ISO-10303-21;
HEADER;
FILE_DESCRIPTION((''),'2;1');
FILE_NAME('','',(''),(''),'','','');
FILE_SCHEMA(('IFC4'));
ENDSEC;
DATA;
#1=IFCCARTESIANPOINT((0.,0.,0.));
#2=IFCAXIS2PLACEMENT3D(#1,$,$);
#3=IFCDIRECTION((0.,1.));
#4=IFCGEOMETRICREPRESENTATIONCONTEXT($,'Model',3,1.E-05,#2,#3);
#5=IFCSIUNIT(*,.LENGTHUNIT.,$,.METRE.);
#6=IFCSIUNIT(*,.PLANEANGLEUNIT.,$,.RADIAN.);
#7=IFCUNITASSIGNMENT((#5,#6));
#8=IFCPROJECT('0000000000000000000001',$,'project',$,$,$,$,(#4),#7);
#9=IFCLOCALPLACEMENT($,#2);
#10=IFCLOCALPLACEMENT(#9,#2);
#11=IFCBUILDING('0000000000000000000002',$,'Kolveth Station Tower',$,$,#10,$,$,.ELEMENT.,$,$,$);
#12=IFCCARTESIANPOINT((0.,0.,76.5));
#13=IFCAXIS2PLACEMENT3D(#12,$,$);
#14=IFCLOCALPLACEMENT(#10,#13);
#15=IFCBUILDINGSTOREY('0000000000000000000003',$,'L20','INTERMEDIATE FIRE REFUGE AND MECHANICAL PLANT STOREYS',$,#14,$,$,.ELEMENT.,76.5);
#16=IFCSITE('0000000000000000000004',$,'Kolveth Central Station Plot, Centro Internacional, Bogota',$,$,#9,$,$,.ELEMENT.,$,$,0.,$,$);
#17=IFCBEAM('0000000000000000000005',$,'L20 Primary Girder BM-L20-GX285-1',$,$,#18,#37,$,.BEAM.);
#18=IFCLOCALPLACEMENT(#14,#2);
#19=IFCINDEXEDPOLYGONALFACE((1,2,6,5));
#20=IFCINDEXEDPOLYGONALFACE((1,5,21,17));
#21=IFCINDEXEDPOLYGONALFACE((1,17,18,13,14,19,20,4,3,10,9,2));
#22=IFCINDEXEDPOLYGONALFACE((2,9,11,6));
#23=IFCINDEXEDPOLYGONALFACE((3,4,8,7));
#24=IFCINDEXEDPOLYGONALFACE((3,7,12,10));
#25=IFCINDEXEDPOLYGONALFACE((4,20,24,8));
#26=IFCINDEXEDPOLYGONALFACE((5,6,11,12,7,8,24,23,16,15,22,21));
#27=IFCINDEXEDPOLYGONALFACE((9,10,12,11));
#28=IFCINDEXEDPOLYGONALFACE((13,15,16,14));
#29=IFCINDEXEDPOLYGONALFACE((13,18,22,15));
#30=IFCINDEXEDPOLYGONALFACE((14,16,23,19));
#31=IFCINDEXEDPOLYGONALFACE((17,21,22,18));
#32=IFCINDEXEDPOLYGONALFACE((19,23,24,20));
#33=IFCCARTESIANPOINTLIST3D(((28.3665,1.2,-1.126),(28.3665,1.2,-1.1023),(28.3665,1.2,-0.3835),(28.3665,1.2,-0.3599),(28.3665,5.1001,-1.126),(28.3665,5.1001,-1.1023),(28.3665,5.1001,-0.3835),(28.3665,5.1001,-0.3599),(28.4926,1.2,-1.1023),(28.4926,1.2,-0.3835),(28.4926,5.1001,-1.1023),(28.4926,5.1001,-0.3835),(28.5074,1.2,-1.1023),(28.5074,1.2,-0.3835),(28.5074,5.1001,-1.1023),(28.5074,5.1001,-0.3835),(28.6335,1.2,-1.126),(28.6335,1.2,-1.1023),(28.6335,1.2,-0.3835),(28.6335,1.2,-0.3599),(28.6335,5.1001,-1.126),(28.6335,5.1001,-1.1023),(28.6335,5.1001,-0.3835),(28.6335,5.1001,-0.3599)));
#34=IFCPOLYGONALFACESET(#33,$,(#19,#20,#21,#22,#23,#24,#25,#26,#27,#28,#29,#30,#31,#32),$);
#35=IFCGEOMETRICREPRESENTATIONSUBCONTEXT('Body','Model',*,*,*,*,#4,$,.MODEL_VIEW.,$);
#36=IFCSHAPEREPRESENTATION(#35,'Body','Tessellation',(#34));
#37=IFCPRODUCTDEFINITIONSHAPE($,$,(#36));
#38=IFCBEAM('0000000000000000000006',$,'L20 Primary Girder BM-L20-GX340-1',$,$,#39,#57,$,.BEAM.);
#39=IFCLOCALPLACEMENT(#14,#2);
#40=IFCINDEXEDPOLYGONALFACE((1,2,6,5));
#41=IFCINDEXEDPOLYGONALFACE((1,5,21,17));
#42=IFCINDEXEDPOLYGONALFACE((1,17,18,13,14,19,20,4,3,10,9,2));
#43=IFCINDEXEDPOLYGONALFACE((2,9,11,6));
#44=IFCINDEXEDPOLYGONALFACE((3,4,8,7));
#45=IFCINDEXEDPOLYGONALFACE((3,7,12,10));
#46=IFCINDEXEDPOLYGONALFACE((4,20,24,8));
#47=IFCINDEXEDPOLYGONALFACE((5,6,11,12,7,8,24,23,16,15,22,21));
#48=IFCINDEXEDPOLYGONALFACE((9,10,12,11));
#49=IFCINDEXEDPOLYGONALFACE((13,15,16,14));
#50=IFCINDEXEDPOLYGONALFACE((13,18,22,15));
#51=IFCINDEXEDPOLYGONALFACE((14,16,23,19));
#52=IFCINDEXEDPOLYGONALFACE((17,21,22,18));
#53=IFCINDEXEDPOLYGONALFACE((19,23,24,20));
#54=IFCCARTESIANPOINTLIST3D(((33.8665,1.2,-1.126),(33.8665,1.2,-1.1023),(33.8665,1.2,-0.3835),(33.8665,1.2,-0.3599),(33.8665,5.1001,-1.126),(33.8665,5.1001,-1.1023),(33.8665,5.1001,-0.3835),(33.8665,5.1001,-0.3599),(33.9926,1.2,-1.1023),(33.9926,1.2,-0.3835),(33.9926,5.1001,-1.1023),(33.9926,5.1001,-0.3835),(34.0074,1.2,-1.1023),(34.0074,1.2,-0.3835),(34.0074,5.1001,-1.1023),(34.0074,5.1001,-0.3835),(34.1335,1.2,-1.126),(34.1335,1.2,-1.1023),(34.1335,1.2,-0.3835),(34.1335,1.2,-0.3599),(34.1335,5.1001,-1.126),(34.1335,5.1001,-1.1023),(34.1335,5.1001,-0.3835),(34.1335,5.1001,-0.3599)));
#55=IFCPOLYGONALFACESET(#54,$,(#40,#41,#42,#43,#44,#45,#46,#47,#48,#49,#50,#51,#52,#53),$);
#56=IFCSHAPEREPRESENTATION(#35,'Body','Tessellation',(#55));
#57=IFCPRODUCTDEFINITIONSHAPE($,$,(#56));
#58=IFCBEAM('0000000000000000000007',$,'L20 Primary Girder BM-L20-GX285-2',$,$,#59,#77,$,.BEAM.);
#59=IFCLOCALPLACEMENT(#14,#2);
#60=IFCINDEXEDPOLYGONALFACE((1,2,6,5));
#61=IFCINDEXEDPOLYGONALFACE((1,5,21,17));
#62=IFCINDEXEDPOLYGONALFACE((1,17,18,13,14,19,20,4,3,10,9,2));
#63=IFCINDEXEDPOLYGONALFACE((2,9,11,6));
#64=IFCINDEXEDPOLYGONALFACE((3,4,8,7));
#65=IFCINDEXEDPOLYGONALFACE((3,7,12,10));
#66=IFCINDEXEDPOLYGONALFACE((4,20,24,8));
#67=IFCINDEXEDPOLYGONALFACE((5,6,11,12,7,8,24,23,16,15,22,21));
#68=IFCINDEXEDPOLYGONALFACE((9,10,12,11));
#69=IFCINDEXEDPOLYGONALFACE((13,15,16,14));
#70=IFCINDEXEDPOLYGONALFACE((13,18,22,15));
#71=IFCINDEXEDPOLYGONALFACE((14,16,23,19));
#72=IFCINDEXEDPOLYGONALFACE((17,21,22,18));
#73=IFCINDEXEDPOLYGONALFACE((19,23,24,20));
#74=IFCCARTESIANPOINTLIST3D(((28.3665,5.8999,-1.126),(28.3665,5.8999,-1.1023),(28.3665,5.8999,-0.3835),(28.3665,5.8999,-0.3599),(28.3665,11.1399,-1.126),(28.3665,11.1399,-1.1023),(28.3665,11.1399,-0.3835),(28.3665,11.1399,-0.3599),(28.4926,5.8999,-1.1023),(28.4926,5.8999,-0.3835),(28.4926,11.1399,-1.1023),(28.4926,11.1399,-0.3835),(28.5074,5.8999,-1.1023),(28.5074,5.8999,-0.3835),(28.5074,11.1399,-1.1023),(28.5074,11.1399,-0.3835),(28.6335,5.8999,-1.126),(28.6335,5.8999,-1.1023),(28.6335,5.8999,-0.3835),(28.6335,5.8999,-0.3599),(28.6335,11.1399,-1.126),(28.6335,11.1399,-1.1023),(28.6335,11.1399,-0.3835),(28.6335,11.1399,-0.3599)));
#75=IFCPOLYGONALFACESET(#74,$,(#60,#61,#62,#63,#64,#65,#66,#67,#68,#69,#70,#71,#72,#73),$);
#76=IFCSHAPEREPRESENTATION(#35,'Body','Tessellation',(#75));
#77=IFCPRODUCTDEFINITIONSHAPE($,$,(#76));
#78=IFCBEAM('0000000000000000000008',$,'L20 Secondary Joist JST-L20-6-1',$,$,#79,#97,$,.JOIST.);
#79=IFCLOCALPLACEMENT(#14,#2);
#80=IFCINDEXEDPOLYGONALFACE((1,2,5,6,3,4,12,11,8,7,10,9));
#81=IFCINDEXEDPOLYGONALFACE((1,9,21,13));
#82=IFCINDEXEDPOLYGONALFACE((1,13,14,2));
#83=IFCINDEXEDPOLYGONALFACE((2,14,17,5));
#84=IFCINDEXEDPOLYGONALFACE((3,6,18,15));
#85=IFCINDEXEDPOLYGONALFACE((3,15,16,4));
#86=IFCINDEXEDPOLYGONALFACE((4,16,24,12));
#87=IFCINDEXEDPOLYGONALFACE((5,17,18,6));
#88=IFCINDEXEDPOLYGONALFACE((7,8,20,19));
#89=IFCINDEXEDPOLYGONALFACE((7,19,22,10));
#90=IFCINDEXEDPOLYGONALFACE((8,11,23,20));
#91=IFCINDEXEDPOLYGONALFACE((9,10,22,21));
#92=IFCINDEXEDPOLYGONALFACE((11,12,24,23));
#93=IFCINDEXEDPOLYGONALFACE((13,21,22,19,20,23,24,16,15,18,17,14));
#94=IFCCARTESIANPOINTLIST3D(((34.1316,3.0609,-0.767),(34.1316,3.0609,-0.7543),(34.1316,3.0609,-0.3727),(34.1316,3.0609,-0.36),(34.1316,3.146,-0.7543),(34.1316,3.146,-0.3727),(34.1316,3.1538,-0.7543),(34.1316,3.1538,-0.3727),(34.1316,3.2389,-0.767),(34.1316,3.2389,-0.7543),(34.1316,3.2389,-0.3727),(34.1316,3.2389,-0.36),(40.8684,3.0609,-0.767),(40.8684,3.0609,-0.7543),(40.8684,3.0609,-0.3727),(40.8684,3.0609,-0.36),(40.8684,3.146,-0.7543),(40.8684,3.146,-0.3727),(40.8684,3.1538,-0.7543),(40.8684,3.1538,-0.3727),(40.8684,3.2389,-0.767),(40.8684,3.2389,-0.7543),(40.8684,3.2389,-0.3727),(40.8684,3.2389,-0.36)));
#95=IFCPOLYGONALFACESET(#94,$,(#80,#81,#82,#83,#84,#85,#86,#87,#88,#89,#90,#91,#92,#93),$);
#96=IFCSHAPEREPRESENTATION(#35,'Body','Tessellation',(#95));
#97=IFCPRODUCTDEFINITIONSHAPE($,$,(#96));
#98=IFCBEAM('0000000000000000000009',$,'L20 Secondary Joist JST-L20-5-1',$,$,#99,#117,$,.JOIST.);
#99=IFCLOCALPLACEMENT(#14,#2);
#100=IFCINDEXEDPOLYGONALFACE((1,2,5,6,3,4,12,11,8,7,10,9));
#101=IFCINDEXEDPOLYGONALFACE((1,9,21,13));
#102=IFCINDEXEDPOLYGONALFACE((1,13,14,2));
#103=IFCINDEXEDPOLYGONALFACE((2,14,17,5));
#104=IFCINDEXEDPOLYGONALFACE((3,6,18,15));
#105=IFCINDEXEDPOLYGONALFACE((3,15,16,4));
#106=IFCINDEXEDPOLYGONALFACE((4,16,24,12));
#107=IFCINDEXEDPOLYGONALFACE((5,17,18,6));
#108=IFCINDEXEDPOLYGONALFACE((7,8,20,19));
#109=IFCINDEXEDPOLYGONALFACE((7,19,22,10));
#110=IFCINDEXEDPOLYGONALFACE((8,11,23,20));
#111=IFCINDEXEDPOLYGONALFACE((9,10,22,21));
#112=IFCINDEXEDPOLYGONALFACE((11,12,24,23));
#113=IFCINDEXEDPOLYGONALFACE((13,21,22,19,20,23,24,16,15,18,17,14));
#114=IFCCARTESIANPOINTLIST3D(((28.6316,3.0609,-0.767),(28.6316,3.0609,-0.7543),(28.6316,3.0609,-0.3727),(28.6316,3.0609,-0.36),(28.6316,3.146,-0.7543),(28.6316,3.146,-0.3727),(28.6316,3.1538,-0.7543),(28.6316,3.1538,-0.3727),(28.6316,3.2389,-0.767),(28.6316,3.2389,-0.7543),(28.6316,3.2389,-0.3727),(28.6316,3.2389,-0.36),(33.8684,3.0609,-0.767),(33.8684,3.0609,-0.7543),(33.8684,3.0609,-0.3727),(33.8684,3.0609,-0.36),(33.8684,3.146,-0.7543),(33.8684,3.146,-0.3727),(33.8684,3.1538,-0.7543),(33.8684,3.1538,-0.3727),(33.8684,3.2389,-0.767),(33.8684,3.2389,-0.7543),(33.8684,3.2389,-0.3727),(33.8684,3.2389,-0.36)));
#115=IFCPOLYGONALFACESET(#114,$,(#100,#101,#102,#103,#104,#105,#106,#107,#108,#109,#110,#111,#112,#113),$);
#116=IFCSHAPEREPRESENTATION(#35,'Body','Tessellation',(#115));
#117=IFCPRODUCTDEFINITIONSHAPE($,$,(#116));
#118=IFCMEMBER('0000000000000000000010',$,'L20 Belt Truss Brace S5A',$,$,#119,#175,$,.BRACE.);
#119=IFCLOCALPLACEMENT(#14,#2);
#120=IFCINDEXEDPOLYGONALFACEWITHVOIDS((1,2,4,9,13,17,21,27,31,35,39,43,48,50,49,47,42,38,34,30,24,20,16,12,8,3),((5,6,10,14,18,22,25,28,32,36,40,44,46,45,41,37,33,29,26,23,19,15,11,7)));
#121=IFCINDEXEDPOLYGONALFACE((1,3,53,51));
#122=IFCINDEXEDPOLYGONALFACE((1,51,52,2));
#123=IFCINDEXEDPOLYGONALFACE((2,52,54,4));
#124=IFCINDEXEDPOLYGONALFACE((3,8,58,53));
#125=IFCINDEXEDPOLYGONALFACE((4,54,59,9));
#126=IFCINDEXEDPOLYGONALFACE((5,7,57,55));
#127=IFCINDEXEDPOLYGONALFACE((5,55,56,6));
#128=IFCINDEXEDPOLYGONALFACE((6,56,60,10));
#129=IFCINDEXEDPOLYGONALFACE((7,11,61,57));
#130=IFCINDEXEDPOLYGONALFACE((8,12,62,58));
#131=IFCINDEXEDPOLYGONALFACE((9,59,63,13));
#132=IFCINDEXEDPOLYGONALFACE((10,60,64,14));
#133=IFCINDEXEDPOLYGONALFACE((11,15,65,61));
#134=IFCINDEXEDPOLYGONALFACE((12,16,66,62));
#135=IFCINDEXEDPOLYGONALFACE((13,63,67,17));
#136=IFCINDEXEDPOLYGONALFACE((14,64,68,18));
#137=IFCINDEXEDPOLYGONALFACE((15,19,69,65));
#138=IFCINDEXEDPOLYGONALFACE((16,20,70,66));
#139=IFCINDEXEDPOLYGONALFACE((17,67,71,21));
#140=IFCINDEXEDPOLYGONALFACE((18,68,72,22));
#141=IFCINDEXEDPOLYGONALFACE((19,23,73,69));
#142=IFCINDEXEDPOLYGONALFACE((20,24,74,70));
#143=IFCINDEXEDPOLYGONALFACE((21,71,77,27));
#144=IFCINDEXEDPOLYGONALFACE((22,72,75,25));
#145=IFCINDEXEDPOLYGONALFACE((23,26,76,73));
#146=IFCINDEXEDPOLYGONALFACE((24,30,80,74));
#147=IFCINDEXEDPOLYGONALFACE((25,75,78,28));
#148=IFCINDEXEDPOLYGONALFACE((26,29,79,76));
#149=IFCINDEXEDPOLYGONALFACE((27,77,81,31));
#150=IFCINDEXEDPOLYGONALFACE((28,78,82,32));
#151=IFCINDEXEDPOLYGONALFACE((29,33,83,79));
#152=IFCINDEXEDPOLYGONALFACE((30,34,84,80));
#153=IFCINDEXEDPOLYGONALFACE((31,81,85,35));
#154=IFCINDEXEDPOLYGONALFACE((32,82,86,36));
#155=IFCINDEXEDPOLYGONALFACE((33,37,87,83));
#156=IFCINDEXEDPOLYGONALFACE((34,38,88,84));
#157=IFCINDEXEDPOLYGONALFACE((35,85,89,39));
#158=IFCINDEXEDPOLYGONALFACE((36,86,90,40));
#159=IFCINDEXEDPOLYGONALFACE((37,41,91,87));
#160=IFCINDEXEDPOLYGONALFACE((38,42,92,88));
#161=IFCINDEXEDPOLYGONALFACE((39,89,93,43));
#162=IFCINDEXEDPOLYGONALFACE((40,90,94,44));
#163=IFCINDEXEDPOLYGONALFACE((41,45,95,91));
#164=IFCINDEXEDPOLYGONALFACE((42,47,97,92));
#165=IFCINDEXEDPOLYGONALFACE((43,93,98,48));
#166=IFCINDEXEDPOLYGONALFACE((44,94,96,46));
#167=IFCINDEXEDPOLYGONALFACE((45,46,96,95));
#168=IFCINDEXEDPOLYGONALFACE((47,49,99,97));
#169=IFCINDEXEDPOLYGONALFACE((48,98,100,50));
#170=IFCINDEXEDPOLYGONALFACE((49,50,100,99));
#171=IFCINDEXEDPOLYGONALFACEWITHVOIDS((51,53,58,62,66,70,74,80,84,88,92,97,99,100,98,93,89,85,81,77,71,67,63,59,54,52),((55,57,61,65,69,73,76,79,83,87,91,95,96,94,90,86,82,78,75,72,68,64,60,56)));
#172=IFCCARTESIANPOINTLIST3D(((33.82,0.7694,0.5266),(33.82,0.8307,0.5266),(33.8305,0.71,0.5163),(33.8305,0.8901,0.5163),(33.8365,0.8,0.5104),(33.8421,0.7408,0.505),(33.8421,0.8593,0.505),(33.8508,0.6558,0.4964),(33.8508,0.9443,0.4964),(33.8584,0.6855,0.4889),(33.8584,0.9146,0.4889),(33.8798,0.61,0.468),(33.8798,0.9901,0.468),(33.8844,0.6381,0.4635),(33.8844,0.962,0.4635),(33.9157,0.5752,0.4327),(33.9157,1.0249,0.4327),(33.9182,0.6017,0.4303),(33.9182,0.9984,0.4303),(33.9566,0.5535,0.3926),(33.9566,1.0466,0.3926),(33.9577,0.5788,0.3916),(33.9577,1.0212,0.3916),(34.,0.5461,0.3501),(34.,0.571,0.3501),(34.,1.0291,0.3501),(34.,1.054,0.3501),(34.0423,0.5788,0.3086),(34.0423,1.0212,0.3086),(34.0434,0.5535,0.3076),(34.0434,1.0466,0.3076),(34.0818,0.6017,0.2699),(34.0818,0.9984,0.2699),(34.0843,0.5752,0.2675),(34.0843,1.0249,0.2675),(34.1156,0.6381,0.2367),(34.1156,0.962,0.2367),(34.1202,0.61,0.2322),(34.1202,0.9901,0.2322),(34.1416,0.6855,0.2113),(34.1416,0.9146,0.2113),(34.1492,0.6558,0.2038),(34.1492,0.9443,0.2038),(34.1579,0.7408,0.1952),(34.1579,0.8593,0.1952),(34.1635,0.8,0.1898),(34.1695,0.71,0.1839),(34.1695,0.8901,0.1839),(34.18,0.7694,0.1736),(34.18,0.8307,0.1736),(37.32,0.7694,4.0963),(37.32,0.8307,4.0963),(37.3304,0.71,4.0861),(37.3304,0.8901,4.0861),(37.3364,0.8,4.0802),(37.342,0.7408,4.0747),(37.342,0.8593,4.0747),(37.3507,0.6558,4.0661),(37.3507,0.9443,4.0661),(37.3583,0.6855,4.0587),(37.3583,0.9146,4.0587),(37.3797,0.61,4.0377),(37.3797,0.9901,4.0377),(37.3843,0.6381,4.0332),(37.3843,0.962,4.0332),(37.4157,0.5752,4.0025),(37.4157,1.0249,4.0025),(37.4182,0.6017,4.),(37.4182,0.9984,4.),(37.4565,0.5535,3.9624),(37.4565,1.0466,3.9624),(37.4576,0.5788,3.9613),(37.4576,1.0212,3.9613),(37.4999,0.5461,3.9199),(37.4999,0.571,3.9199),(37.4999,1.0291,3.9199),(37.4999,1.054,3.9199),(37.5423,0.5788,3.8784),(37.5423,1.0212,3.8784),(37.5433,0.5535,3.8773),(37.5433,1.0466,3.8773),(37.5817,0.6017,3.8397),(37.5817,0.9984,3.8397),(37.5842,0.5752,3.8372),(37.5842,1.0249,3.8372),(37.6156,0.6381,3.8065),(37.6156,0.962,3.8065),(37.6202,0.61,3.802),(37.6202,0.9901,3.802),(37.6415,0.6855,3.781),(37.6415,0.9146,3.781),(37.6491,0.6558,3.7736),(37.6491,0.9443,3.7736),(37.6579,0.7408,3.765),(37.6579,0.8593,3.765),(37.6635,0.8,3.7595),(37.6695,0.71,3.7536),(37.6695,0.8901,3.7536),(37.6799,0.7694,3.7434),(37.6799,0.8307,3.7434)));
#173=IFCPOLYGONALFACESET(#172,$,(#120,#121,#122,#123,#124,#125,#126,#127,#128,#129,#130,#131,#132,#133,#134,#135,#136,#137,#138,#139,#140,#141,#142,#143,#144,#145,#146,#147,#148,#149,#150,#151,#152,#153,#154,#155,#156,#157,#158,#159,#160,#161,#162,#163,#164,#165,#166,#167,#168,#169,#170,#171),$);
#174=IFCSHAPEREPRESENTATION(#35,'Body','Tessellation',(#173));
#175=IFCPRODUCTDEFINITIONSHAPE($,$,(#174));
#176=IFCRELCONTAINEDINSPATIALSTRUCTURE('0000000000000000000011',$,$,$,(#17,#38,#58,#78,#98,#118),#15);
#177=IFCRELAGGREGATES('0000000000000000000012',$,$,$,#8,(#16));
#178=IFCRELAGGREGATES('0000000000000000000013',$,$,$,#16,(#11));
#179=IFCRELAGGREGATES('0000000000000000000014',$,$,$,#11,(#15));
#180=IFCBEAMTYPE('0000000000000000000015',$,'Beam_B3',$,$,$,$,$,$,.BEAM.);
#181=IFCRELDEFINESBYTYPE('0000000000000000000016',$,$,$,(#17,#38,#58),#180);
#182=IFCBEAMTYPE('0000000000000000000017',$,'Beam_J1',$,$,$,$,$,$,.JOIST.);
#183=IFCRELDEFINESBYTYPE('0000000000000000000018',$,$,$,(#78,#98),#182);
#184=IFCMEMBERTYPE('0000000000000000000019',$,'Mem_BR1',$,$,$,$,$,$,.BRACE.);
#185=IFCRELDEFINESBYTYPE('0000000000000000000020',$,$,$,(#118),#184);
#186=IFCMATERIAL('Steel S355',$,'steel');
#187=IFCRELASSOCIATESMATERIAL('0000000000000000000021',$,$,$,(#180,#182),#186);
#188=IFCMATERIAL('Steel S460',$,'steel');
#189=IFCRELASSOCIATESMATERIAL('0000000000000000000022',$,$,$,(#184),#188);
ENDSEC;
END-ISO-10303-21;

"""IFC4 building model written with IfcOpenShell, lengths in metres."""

from ifc_helpers import new_model, si_unit, direction, frame, origin, origin_2d, place, context, subcontext, project, spatial, hollow_circle, i_section, extrude, source, transform, mapped, material, material_profile, profile_set, type_object, element, save


model = new_model("IFC4")

# Units and contexts
model_context = context("Model", 3, precision=1e-05, world=origin(), true_north=direction((0.0, 1.0)))
body_context = subcontext(model_context, "Body", "Model", "MODEL_VIEW")
ifc_project = project(units=[si_unit("LENGTHUNIT", "METRE"), si_unit("PLANEANGLEUNIT", "RADIAN")], contexts=[model_context])

# Site, building, storey
site_placement = place(None, origin())
site = spatial("IfcSite", under=ifc_project, at=site_placement, Name="Kolveth Central Station Plot, Centro Internacional, Bogota", CompositionType="ELEMENT", RefElevation=0.0)
building_placement = place(site_placement, origin())
building = spatial("IfcBuilding", under=site, at=building_placement, Name="Kolveth Station Tower", CompositionType="ELEMENT")
storey_placement = place(building_placement, frame((0.0, 0.0, 76.5)))
storey = spatial("IfcBuildingStorey", under=building, at=storey_placement, Name="L20", Description="INTERMEDIATE FIRE REFUGE AND MECHANICAL PLANT STOREYS", CompositionType="ELEMENT", Elevation=76.5)

# Shared definitions
ifc_material_1 = material(Name="Steel S460", Category="steel")
ifc_material_2 = material(Name="Steel S355", Category="steel")

# Beams
ifc_material_profile_1 = material_profile(ifc_material_2, i_section(OverallWidth=0.2671, OverallDepth=0.7661, WebThickness=0.0149, FlangeThickness=0.0237, at=origin_2d()), Name="W760x185")
ifc_profile_set_1 = profile_set([ifc_material_profile_1], Name="Steel S355")
beam_type_1 = type_object("IfcBeamType", Name="Beam_B3", PredefinedType="BEAM", material=ifc_profile_set_1)
shared_shape_1 = source(origin(), body_context, "Body", "SweptSolid", [
    extrude(i_section(OverallWidth=0.2671, OverallDepth=0.7661, WebThickness=0.0149, FlangeThickness=0.0237, at=origin_2d()), origin(), (0.0, 0.0, 1.0), 3.9001),
])
for number, where, z_axis, x_axis, name in (
    (1, (28.5, 1.2, -0.7429), (0.0, 1.0, 0.0), (-1.0, 0.0, 0.0), "L20 Primary Girder BM-L20-GX285-1"),
    (2, (34.0, 1.2, -0.7429), (0.0, 1.0, 0.0), (-1.0, 0.0, 0.0), "L20 Primary Girder BM-L20-GX340-1"),
):
    element("IfcBeam", number, at=place(storey_placement, frame(where, z_axis=z_axis, x_axis=x_axis)), inside=storey, type_object=beam_type_1, Name=name, PredefinedType="BEAM", context=body_context, shape_type="MappedRepresentation", body=[
        mapped(shared_shape_1, transform((0.0, 0.0, 0.0), x_axis=(1.0, 0.0, 0.0), y_axis=(0.0, 1.0, 0.0), z_axis=(0.0, 0.0, 1.0), scale=1.0)),
    ])
shared_shape_2 = source(origin(), body_context, "Body", "SweptSolid", [
    extrude(i_section(OverallWidth=0.2671, OverallDepth=0.7661, WebThickness=0.0149, FlangeThickness=0.0237, at=origin_2d()), origin(), (0.0, 0.0, 1.0), 5.24),
])
beam_1_placement = place(storey_placement, frame((28.5, 5.8999, -0.7429), z_axis=(0.0, 1.0, 0.0), x_axis=(-1.0, 0.0, 0.0)))
element("IfcBeam", 3, at=beam_1_placement, inside=storey, type_object=beam_type_1, Name="L20 Primary Girder BM-L20-GX285-2", PredefinedType="BEAM", context=body_context, shape_type="MappedRepresentation", body=[
    mapped(shared_shape_2, transform((0.0, 0.0, 0.0), x_axis=(1.0, 0.0, 0.0), y_axis=(0.0, 1.0, 0.0), z_axis=(0.0, 0.0, 1.0), scale=1.0)),
])
ifc_material_profile_2 = material_profile(ifc_material_2, i_section(OverallWidth=0.178, OverallDepth=0.407, WebThickness=0.0078, FlangeThickness=0.0127, at=origin_2d()), Name="W410x60")
ifc_profile_set_2 = profile_set([ifc_material_profile_2], Name="Steel S355")
beam_type_2 = type_object("IfcBeamType", Name="Beam_J1", PredefinedType="JOIST", material=ifc_profile_set_2)
shared_shape_3 = source(origin(), body_context, "Body", "SweptSolid", [
    extrude(i_section(OverallWidth=0.178, OverallDepth=0.407, WebThickness=0.0078, FlangeThickness=0.0127, at=origin_2d()), origin(), (0.0, 0.0, 1.0), 6.7368),
])
beam_2_placement = place(storey_placement, frame((34.1316, 3.1499, -0.5635), z_axis=(1.0, 0.0, 0.0), x_axis=(0.0, 1.0, 0.0)))
element("IfcBeam", 4, at=beam_2_placement, inside=storey, type_object=beam_type_2, Name="L20 Secondary Joist JST-L20-6-1", PredefinedType="JOIST", context=body_context, shape_type="MappedRepresentation", body=[
    mapped(shared_shape_3, transform((0.0, 0.0, 0.0), x_axis=(1.0, 0.0, 0.0), y_axis=(0.0, 1.0, 0.0), z_axis=(0.0, 0.0, 1.0), scale=1.0)),
])
shared_shape_4 = source(origin(), body_context, "Body", "SweptSolid", [
    extrude(i_section(OverallWidth=0.178, OverallDepth=0.407, WebThickness=0.0078, FlangeThickness=0.0127, at=origin_2d()), origin(), (0.0, 0.0, 1.0), 5.2368),
])
beam_3_placement = place(storey_placement, frame((28.6316, 3.1499, -0.5635), z_axis=(1.0, 0.0, 0.0), x_axis=(0.0, 1.0, 0.0)))
element("IfcBeam", 5, at=beam_3_placement, inside=storey, type_object=beam_type_2, Name="L20 Secondary Joist JST-L20-5-1", PredefinedType="JOIST", context=body_context, shape_type="MappedRepresentation", body=[
    mapped(shared_shape_4, transform((0.0, 0.0, 0.0), x_axis=(1.0, 0.0, 0.0), y_axis=(0.0, 1.0, 0.0), z_axis=(0.0, 0.0, 1.0), scale=1.0)),
])

# Member
ifc_material_profile_3 = material_profile(ifc_material_1, hollow_circle(Radius=0.2539, WallThickness=0.0249, at=origin_2d()), Name="CHS508x25")
ifc_profile_set_3 = profile_set([ifc_material_profile_3], Name="Steel S460")
member_type_1 = type_object("IfcMemberType", Name="Mem_BR1", PredefinedType="BRACE", material=ifc_profile_set_3)
shared_shape_5 = source(origin(), body_context, "Body", "SweptSolid", [
    extrude(hollow_circle(Radius=0.2539, WallThickness=0.0249, at=origin_2d()), origin(), (0.0, 0.0, 1.0), 4.9993),
])
member_1_placement = place(storey_placement, frame((34.0, 0.8, 0.3501), z_axis=(0.700089, 0.0, 0.714056), x_axis=(0.0, 1.0, 0.0)))
element("IfcMember", 6, at=member_1_placement, inside=storey, type_object=member_type_1, Name="L20 Belt Truss Brace S5A", PredefinedType="BRACE", context=body_context, shape_type="MappedRepresentation", body=[
    mapped(shared_shape_5, transform((0.0, 0.0, 0.0), x_axis=(1.0, 0.0, 0.0), y_axis=(0.0, 1.0, 0.0), z_axis=(0.0, 0.0, 1.0), scale=1.0)),
])

save(model, "model.ifc")
